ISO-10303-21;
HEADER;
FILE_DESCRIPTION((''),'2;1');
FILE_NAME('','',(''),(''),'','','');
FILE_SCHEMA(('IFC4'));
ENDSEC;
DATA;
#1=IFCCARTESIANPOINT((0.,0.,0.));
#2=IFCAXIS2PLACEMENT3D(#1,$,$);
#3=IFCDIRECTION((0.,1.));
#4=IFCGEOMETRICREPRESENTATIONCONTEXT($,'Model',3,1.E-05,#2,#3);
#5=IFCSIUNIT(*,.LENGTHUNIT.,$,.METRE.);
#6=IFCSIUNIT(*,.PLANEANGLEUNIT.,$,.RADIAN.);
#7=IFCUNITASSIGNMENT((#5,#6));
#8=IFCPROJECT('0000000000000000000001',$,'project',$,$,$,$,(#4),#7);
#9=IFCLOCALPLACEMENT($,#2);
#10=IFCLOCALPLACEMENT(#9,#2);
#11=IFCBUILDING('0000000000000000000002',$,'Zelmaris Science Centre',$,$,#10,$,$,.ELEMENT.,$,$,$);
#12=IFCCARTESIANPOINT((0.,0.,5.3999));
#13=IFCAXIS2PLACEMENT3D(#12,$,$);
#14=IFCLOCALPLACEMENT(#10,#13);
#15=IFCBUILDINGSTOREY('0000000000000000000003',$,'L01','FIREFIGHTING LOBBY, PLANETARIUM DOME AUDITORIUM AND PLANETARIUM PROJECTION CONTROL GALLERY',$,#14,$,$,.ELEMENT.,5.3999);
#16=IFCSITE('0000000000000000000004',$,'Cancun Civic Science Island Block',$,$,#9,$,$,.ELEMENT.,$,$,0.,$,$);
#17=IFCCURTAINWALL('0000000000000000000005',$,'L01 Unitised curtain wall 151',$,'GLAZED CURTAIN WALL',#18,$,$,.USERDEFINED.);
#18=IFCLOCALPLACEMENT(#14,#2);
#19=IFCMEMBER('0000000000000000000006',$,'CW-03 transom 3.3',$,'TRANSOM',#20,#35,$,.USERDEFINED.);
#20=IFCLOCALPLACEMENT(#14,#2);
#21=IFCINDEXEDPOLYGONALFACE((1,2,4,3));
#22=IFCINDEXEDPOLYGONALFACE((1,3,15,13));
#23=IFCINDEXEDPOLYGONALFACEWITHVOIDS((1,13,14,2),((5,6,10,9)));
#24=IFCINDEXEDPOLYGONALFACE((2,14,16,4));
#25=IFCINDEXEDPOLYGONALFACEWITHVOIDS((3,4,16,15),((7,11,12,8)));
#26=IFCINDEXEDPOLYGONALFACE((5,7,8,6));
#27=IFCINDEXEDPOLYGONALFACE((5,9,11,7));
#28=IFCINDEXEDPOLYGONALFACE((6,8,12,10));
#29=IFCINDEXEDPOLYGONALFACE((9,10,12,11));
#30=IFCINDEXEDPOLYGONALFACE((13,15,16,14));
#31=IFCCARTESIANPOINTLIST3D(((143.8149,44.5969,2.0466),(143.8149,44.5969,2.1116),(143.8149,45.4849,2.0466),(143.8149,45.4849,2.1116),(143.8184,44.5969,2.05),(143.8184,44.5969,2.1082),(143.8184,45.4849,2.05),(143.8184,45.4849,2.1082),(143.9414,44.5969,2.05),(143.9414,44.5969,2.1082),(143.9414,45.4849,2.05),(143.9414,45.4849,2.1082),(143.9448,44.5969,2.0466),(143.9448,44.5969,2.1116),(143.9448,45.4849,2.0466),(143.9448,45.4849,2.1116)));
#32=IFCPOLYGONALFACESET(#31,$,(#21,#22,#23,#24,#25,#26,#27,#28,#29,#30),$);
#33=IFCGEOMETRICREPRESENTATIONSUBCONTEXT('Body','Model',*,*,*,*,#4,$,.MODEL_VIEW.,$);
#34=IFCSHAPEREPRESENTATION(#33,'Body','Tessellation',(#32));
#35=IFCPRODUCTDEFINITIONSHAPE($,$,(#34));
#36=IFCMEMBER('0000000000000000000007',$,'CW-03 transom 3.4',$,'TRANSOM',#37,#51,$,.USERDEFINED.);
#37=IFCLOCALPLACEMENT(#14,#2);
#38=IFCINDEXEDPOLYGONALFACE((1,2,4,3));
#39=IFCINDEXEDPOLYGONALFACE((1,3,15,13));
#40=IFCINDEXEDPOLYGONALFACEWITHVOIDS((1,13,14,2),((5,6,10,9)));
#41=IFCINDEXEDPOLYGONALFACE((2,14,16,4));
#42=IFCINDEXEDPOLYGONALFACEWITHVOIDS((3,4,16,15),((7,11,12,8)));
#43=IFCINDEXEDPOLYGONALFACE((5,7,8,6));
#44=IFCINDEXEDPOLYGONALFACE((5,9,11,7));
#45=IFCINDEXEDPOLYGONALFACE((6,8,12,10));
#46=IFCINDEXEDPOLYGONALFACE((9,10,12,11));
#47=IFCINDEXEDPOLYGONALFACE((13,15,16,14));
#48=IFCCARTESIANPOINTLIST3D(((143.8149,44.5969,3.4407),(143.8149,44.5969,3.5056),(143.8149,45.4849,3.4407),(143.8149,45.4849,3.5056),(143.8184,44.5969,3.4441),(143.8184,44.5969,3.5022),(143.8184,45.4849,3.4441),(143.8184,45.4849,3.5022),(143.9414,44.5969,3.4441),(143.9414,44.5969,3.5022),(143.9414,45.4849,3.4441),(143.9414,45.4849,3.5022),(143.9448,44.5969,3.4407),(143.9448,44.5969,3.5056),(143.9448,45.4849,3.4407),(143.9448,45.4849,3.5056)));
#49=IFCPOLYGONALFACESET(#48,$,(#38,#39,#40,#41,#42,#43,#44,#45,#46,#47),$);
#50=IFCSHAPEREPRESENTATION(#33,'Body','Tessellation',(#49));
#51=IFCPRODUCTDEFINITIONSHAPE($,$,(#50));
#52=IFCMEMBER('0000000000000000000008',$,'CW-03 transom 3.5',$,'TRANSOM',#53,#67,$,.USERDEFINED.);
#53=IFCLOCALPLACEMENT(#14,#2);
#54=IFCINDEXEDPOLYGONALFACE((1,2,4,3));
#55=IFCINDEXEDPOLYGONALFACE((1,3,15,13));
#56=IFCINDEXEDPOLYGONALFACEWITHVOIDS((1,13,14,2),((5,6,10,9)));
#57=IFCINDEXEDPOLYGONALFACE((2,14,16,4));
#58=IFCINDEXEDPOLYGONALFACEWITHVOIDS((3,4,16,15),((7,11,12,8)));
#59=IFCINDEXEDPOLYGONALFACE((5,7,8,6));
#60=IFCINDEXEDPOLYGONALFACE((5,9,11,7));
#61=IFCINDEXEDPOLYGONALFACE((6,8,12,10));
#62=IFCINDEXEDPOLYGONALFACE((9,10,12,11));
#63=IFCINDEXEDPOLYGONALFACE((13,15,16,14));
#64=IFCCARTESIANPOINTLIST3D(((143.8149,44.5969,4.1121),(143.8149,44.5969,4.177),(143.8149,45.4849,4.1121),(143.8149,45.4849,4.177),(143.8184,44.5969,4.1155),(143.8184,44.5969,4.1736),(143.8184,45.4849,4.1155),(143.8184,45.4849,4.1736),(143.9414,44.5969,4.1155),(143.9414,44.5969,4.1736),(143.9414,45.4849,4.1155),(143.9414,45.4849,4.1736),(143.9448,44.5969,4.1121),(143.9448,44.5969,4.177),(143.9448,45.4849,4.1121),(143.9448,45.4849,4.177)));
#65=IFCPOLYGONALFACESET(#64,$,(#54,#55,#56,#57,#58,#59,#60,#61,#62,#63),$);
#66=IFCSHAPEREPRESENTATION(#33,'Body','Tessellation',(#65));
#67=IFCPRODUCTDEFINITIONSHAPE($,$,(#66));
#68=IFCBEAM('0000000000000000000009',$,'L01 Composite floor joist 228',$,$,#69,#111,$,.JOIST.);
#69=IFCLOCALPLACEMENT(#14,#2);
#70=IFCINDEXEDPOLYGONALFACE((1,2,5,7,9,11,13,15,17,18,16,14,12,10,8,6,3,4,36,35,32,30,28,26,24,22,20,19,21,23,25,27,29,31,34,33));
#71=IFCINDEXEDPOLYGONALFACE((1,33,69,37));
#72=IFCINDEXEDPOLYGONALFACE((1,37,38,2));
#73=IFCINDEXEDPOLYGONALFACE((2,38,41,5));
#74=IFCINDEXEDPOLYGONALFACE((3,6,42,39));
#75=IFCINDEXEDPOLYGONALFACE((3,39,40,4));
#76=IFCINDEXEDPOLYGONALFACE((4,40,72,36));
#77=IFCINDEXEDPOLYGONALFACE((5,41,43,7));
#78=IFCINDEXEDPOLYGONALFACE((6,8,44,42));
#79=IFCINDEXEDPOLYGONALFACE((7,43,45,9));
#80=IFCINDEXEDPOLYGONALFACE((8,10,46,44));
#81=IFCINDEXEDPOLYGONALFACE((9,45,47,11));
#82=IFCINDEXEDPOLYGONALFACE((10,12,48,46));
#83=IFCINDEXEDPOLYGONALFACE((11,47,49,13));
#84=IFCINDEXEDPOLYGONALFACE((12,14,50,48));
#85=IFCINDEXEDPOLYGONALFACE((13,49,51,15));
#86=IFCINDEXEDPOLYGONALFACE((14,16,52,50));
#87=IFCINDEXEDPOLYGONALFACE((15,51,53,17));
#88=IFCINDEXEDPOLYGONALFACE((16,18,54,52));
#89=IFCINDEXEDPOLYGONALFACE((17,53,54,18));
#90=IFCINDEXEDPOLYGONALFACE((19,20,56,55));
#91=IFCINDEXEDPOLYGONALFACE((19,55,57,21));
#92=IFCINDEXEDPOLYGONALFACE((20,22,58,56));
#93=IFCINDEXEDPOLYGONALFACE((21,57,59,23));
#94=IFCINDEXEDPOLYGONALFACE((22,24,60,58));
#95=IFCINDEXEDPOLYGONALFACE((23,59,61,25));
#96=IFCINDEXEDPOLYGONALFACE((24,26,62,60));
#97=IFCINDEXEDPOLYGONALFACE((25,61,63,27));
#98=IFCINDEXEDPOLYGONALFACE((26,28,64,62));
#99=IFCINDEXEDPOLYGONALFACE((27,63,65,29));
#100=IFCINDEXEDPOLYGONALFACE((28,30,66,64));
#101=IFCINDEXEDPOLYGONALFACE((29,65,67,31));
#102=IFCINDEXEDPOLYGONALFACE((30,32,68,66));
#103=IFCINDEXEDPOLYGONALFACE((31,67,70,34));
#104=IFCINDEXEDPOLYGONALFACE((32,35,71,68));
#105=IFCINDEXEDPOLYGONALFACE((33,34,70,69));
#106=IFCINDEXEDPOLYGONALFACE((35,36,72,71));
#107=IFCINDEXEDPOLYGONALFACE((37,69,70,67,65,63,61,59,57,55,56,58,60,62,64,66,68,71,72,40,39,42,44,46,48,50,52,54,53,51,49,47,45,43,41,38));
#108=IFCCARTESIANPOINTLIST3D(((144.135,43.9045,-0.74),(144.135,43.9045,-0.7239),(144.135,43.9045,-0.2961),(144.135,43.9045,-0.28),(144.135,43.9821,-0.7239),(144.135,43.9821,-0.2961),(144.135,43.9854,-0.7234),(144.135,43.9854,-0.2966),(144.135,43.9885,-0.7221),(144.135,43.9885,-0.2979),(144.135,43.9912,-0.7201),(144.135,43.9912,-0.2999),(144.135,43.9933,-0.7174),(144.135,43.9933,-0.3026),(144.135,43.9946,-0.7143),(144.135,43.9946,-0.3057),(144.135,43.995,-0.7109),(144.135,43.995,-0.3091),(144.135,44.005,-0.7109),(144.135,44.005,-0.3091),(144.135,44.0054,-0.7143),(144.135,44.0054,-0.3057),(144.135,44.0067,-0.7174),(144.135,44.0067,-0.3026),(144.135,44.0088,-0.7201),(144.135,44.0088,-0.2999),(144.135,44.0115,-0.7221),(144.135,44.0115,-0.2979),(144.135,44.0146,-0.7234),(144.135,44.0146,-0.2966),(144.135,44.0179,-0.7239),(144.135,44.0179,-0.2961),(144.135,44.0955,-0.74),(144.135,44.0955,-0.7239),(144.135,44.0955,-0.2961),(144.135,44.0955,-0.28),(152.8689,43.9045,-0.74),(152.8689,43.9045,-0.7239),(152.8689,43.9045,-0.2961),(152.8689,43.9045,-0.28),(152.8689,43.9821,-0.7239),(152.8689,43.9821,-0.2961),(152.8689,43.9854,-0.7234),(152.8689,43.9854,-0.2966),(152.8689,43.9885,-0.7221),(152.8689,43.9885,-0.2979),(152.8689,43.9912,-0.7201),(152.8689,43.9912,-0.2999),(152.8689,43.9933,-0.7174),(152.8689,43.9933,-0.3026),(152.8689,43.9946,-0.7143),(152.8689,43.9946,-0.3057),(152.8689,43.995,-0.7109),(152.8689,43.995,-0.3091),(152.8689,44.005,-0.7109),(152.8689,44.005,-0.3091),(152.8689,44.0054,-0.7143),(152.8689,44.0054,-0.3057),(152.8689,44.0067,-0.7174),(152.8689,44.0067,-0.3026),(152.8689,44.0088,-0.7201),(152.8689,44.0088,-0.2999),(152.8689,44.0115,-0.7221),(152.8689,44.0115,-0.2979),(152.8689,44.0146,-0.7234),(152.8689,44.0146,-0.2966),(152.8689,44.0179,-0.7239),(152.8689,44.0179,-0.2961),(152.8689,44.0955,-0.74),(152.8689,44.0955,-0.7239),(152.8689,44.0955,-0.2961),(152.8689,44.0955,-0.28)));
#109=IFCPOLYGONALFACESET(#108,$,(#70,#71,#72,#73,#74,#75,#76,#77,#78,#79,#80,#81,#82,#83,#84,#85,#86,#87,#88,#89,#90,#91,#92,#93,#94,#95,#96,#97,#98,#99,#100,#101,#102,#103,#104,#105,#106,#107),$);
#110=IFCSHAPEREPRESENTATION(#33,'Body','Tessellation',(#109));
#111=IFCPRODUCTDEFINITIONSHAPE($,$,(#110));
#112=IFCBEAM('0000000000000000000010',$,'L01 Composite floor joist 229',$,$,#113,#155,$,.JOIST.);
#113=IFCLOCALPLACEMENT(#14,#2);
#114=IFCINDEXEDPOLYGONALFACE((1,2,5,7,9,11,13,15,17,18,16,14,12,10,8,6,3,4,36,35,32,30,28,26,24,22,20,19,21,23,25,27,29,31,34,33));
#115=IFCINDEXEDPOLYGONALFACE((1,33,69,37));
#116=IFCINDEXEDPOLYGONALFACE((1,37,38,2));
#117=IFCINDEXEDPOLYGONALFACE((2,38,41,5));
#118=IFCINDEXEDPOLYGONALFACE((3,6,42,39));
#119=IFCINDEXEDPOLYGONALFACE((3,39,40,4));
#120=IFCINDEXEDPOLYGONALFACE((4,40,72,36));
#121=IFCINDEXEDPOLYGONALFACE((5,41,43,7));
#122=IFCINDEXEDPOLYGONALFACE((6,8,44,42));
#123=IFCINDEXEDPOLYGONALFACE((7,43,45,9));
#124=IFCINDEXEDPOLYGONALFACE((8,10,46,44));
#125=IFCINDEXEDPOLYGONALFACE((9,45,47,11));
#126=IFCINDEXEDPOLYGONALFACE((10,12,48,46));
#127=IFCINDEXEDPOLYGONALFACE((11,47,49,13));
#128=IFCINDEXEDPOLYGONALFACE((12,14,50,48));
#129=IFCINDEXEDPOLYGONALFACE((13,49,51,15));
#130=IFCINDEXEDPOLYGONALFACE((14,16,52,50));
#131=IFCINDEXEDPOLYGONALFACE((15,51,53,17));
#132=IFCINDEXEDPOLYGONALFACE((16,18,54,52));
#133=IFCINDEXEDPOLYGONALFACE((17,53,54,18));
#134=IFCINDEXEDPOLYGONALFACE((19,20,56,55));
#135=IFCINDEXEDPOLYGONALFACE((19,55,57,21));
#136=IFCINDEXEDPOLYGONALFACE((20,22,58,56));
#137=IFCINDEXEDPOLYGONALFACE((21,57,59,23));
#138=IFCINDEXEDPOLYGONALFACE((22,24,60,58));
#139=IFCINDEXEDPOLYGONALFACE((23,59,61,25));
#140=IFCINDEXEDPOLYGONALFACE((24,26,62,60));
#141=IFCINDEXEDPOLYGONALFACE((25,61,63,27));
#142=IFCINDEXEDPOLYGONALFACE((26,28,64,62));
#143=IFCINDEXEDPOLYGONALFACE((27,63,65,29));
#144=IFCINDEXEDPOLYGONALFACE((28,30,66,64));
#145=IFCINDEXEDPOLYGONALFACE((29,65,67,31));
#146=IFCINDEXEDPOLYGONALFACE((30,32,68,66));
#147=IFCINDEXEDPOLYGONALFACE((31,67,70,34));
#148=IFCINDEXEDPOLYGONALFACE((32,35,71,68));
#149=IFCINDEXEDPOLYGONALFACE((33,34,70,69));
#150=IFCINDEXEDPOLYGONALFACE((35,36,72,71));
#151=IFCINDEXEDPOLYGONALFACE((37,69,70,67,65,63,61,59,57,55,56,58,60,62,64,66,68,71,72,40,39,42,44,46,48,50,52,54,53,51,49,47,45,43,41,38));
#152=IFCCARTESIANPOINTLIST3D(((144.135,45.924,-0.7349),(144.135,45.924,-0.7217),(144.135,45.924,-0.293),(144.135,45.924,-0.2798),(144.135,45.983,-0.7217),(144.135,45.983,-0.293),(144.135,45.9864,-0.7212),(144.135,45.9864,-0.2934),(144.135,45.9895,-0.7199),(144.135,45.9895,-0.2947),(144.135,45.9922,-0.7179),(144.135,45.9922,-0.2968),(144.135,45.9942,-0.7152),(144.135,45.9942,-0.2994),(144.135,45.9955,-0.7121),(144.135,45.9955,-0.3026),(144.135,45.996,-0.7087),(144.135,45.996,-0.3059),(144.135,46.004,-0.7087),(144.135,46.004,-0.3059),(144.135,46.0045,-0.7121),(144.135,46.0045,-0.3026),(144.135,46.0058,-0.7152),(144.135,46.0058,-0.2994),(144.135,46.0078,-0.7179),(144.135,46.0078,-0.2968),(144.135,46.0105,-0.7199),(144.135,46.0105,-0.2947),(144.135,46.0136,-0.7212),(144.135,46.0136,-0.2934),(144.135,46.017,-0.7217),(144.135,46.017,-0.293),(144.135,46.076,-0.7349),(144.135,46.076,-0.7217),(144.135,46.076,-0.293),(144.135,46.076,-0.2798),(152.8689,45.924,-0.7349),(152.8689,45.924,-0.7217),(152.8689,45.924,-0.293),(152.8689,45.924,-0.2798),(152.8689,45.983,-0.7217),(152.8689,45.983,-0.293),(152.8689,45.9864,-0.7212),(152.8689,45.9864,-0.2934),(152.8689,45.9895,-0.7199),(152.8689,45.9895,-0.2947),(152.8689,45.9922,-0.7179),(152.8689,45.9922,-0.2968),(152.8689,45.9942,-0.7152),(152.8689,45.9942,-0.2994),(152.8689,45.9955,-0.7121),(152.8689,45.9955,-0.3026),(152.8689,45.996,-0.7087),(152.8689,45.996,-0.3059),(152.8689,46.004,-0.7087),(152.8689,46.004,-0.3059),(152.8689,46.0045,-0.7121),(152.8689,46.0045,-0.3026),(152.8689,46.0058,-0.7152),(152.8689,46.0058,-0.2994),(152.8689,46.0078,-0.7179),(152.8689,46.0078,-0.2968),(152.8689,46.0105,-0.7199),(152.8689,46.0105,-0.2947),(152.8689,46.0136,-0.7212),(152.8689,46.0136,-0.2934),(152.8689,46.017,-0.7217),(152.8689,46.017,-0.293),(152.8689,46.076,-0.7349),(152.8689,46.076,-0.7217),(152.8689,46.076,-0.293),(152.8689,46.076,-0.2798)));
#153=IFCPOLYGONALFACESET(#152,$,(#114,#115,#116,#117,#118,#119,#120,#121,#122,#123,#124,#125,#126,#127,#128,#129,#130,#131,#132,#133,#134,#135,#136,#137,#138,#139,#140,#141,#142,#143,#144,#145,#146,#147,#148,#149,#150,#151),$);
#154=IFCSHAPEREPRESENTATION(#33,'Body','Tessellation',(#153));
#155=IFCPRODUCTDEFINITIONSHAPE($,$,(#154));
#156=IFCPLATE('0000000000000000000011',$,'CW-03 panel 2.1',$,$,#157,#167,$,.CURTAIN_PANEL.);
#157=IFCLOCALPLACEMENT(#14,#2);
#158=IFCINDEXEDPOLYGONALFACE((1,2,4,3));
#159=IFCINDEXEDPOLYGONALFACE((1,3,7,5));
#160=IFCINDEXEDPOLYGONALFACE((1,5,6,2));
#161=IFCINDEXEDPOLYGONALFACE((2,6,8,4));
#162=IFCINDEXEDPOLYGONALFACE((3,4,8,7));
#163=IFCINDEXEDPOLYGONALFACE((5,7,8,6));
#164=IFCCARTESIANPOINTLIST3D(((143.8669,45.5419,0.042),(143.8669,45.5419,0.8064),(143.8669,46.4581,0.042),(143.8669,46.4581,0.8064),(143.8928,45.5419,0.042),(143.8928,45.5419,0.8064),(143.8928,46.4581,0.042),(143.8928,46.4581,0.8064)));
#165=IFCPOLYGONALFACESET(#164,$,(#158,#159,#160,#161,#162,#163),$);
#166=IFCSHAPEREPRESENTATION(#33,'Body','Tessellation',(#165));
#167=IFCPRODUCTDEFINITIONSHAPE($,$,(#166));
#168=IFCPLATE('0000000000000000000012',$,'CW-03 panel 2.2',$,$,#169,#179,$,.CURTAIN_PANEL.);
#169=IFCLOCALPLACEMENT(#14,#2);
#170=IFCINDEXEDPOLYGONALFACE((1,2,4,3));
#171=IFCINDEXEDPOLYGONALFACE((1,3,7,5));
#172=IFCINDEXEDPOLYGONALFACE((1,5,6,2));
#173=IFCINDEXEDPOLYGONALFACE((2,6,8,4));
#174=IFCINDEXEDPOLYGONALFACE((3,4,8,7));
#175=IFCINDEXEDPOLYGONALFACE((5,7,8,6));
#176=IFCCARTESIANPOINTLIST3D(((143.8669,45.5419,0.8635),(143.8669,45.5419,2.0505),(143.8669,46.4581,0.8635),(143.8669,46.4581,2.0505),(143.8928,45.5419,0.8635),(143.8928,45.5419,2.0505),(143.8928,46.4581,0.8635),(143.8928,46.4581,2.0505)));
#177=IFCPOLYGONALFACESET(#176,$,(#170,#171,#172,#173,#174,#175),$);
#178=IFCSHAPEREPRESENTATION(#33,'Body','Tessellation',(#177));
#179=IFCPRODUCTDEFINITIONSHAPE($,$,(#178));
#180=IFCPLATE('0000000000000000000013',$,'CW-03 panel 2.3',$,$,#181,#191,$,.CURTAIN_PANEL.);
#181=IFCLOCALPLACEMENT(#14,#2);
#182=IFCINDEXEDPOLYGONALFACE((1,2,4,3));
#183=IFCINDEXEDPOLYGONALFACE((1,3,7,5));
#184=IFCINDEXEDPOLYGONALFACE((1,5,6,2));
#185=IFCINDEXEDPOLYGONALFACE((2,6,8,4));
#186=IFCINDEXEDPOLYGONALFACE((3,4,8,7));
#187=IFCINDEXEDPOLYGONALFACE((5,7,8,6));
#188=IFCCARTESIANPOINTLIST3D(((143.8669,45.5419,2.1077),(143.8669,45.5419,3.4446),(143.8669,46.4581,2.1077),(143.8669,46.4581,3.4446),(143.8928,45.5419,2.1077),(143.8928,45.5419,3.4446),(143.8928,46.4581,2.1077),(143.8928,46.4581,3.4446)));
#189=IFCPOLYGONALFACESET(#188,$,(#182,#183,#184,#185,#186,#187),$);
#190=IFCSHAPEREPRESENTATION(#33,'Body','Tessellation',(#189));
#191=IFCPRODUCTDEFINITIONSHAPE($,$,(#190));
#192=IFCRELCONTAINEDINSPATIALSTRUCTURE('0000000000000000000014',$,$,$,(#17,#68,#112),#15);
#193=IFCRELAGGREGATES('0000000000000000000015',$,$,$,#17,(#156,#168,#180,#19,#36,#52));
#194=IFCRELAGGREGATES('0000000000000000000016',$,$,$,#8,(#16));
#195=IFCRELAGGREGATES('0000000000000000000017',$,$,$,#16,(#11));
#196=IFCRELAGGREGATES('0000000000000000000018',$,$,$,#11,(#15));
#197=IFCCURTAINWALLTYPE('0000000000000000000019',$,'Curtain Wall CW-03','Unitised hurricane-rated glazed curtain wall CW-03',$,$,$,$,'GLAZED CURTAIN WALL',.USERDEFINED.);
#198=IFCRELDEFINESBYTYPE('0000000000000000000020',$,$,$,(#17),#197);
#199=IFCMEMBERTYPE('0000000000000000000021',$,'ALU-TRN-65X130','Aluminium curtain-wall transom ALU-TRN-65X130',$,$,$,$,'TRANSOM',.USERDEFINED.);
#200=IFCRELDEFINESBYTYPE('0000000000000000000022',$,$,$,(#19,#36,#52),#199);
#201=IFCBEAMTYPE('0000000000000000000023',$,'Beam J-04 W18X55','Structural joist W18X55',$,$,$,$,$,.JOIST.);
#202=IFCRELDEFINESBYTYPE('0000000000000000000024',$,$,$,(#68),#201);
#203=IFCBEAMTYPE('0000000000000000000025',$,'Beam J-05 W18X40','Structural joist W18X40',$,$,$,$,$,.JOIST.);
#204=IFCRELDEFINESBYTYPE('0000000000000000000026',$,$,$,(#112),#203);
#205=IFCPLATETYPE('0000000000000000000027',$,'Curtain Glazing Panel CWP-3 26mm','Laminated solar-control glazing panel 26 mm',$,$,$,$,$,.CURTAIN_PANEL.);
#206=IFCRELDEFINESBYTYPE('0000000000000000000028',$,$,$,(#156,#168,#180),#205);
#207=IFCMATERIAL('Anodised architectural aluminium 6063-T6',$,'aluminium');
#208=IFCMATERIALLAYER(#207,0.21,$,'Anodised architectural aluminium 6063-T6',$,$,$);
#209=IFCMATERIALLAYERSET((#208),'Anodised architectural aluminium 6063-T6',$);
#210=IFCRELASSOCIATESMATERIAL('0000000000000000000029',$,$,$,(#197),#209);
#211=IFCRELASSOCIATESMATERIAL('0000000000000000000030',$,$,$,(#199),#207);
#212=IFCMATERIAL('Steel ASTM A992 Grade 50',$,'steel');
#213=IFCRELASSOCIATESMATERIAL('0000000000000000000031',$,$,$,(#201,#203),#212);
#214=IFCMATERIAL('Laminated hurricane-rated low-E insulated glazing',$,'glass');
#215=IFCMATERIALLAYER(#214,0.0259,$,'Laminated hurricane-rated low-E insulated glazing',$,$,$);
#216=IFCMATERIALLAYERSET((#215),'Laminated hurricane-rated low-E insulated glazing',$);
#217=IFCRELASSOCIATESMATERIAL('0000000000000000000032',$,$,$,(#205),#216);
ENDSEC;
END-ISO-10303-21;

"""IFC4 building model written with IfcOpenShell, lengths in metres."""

from ifc_helpers import new_model, si_unit, direction, frame, origin, origin_2d, place, context, subcontext, project, spatial, rectangle, hollow_rectangle, i_section, extrude, material, layer, layer_set, material_profile, profile_set, type_object, element, aggregate, save


model = new_model("IFC4")

# Units and contexts
model_context = context("Model", 3, precision=1e-05, world=origin(), true_north=direction((0.0, 1.0)))
body_context = subcontext(model_context, "Body", "Model", "MODEL_VIEW")
ifc_project = project(units=[si_unit("LENGTHUNIT", "METRE"), si_unit("PLANEANGLEUNIT", "RADIAN")], contexts=[model_context])

# Site, building, storey
site_placement = place(None, origin())
site = spatial("IfcSite", under=ifc_project, at=site_placement, Name="Cancun Civic Science Island Block", CompositionType="ELEMENT", RefElevation=0.0)
building_placement = place(site_placement, origin())
building = spatial("IfcBuilding", under=site, at=building_placement, Name="Zelmaris Science Centre", CompositionType="ELEMENT")
storey_placement = place(building_placement, frame((0.0, 0.0, 5.3999)))
storey = spatial("IfcBuildingStorey", under=building, at=storey_placement, Name="L01", Description="FIREFIGHTING LOBBY, PLANETARIUM DOME AUDITORIUM AND PLANETARIUM PROJECTION CONTROL GALLERY", CompositionType="ELEMENT", Elevation=5.3999)

# Shared definitions
ifc_material_1 = material(Name="Anodised architectural aluminium 6063-T6", Category="aluminium")

# Curtain wall, members
ifc_layer_1 = layer(ifc_material_1, 0.21, Name="Anodised architectural aluminium 6063-T6")
ifc_layer_set_1 = layer_set([ifc_layer_1], Name="Anodised architectural aluminium 6063-T6")
curtain_wall_type_1 = type_object("IfcCurtainWallType", Name="Curtain Wall CW-03", Description="Unitised hurricane-rated glazed curtain wall CW-03", ElementType="GLAZED CURTAIN WALL", PredefinedType="USERDEFINED", material=ifc_layer_set_1)
curtain_wall_1_placement = place(storey_placement, origin())
curtain_wall_1 = element("IfcCurtainWall", 1, at=curtain_wall_1_placement, inside=storey, type_object=curtain_wall_type_1, Name="L01 Unitised curtain wall 151", ObjectType="GLAZED CURTAIN WALL", PredefinedType="USERDEFINED")
ifc_material_profile_1 = material_profile(ifc_material_1, hollow_rectangle(XDim=0.0649, YDim=0.1299, WallThickness=0.0034, at=origin_2d()), Name="ALU-TRN-65X130")
ifc_profile_set_1 = profile_set([ifc_material_profile_1], Name="Anodised architectural aluminium 6063-T6")
member_type_1 = type_object("IfcMemberType", Name="ALU-TRN-65X130", Description="Aluminium curtain-wall transom ALU-TRN-65X130", ElementType="TRANSOM", PredefinedType="USERDEFINED", material=ifc_profile_set_1)
member_1_placement = place(storey_placement, frame((143.8799, 45.4849, 2.0791), z_axis=(0.0, -1.0, 0.0), x_axis=(0.0, 0.0, 1.0)))
member_1 = element("IfcMember", 2, at=member_1_placement, type_object=member_type_1, Name="CW-03 transom 3.3", ObjectType="TRANSOM", PredefinedType="USERDEFINED", context=body_context, shape_type="SweptSolid", body=[
    extrude(hollow_rectangle(XDim=0.0649, YDim=0.1299, WallThickness=0.0034, at=origin_2d()), origin(), (0.0, 0.0, 1.0), 0.8879),
])
member_2_placement = place(storey_placement, frame((143.8799, 45.4849, 3.4731), z_axis=(0.0, -1.0, 0.0), x_axis=(0.0, 0.0, 1.0)))
member_2 = element("IfcMember", 3, at=member_2_placement, type_object=member_type_1, Name="CW-03 transom 3.4", ObjectType="TRANSOM", PredefinedType="USERDEFINED", context=body_context, shape_type="SweptSolid", body=[
    extrude(hollow_rectangle(XDim=0.0649, YDim=0.1299, WallThickness=0.0034, at=origin_2d()), origin(), (0.0, 0.0, 1.0), 0.8879),
])
member_3_placement = place(storey_placement, frame((143.8799, 45.4849, 4.1445), z_axis=(0.0, -1.0, 0.0), x_axis=(0.0, 0.0, 1.0)))
member_3 = element("IfcMember", 4, at=member_3_placement, type_object=member_type_1, Name="CW-03 transom 3.5", ObjectType="TRANSOM", PredefinedType="USERDEFINED", context=body_context, shape_type="SweptSolid", body=[
    extrude(hollow_rectangle(XDim=0.0649, YDim=0.1299, WallThickness=0.0034, at=origin_2d()), origin(), (0.0, 0.0, 1.0), 0.8879),
])

# Beams
ifc_material_2 = material(Name="Steel ASTM A992 Grade 50", Category="steel")
ifc_material_profile_2 = material_profile(ifc_material_2, i_section(OverallWidth=0.1909, OverallDepth=0.46, WebThickness=0.01, FlangeThickness=0.0161, FilletRadius=0.0129, at=origin_2d()), Name="W18X55")
ifc_profile_set_2 = profile_set([ifc_material_profile_2], Name="Steel ASTM A992 Grade 50")
beam_type_1 = type_object("IfcBeamType", Name="Beam J-04 W18X55", Description="Structural joist W18X55", PredefinedType="JOIST", material=ifc_profile_set_2)
beam_1_placement = place(storey_placement, frame((144.135, 44.0, -0.51), z_axis=(1.0, 0.0, 0.0), x_axis=(0.0, 1.0, 0.0)))
element("IfcBeam", 5, at=beam_1_placement, inside=storey, type_object=beam_type_1, Name="L01 Composite floor joist 228", PredefinedType="JOIST", context=body_context, shape_type="SweptSolid", body=[
    extrude(i_section(OverallWidth=0.1909, OverallDepth=0.46, WebThickness=0.01, FlangeThickness=0.0161, FilletRadius=0.0129, at=origin_2d()), origin(), (0.0, 0.0, 1.0), 8.7339),
])
ifc_material_profile_3 = material_profile(ifc_material_2, i_section(OverallWidth=0.1521, OverallDepth=0.4551, WebThickness=0.0081, FlangeThickness=0.0132, FilletRadius=0.0129, at=origin_2d()), Name="W18X40")
ifc_profile_set_3 = profile_set([ifc_material_profile_3], Name="Steel ASTM A992 Grade 50")
beam_type_2 = type_object("IfcBeamType", Name="Beam J-05 W18X40", Description="Structural joist W18X40", PredefinedType="JOIST", material=ifc_profile_set_3)
beam_2_placement = place(storey_placement, frame((144.135, 46.0, -0.5073), z_axis=(1.0, 0.0, 0.0), x_axis=(0.0, 1.0, 0.0)))
element("IfcBeam", 6, at=beam_2_placement, inside=storey, type_object=beam_type_2, Name="L01 Composite floor joist 229", PredefinedType="JOIST", context=body_context, shape_type="SweptSolid", body=[
    extrude(i_section(OverallWidth=0.1521, OverallDepth=0.4551, WebThickness=0.0081, FlangeThickness=0.0132, FilletRadius=0.0129, at=origin_2d()), origin(), (0.0, 0.0, 1.0), 8.7339),
])

# Plates
ifc_material_3 = material(Name="Laminated hurricane-rated low-E insulated glazing", Category="glass")
ifc_layer_2 = layer(ifc_material_3, 0.0259, Name="Laminated hurricane-rated low-E insulated glazing")
ifc_layer_set_2 = layer_set([ifc_layer_2], Name="Laminated hurricane-rated low-E insulated glazing")
plate_type = type_object("IfcPlateType", Name="Curtain Glazing Panel CWP-3 26mm", Description="Laminated solar-control glazing panel 26 mm", PredefinedType="CURTAIN_PANEL", material=ifc_layer_set_2)
plate_1_placement = place(storey_placement, frame((143.8799, 46.0, 0.042), z_axis=(0.0, 0.0, 1.0), x_axis=(0.0, -1.0, 0.0)))
plate_1 = element("IfcPlate", 7, at=plate_1_placement, type_object=plate_type, Name="CW-03 panel 2.1", PredefinedType="CURTAIN_PANEL", context=body_context, shape_type="SweptSolid", body=[
    extrude(rectangle(XDim=0.9163, YDim=0.0259, at=origin_2d()), origin(), (0.0, 0.0, 1.0), 0.7644),
])
plate_2_placement = place(storey_placement, frame((143.8799, 46.0, 0.8635), z_axis=(0.0, 0.0, 1.0), x_axis=(0.0, -1.0, 0.0)))
plate_2 = element("IfcPlate", 8, at=plate_2_placement, type_object=plate_type, Name="CW-03 panel 2.2", PredefinedType="CURTAIN_PANEL", context=body_context, shape_type="SweptSolid", body=[
    extrude(rectangle(XDim=0.9163, YDim=0.0259, at=origin_2d()), origin(), (0.0, 0.0, 1.0), 1.187),
])
plate_3_placement = place(storey_placement, frame((143.8799, 46.0, 2.1077), z_axis=(0.0, 0.0, 1.0), x_axis=(0.0, -1.0, 0.0)))
plate_3 = element("IfcPlate", 9, at=plate_3_placement, type_object=plate_type, Name="CW-03 panel 2.3", PredefinedType="CURTAIN_PANEL", context=body_context, shape_type="SweptSolid", body=[
    extrude(rectangle(XDim=0.9163, YDim=0.0259, at=origin_2d()), origin(), (0.0, 0.0, 1.0), 1.3369),
])
aggregate(curtain_wall_1, [plate_1, plate_2, plate_3, member_1, member_2, member_3])

save(model, "model.ifc")
